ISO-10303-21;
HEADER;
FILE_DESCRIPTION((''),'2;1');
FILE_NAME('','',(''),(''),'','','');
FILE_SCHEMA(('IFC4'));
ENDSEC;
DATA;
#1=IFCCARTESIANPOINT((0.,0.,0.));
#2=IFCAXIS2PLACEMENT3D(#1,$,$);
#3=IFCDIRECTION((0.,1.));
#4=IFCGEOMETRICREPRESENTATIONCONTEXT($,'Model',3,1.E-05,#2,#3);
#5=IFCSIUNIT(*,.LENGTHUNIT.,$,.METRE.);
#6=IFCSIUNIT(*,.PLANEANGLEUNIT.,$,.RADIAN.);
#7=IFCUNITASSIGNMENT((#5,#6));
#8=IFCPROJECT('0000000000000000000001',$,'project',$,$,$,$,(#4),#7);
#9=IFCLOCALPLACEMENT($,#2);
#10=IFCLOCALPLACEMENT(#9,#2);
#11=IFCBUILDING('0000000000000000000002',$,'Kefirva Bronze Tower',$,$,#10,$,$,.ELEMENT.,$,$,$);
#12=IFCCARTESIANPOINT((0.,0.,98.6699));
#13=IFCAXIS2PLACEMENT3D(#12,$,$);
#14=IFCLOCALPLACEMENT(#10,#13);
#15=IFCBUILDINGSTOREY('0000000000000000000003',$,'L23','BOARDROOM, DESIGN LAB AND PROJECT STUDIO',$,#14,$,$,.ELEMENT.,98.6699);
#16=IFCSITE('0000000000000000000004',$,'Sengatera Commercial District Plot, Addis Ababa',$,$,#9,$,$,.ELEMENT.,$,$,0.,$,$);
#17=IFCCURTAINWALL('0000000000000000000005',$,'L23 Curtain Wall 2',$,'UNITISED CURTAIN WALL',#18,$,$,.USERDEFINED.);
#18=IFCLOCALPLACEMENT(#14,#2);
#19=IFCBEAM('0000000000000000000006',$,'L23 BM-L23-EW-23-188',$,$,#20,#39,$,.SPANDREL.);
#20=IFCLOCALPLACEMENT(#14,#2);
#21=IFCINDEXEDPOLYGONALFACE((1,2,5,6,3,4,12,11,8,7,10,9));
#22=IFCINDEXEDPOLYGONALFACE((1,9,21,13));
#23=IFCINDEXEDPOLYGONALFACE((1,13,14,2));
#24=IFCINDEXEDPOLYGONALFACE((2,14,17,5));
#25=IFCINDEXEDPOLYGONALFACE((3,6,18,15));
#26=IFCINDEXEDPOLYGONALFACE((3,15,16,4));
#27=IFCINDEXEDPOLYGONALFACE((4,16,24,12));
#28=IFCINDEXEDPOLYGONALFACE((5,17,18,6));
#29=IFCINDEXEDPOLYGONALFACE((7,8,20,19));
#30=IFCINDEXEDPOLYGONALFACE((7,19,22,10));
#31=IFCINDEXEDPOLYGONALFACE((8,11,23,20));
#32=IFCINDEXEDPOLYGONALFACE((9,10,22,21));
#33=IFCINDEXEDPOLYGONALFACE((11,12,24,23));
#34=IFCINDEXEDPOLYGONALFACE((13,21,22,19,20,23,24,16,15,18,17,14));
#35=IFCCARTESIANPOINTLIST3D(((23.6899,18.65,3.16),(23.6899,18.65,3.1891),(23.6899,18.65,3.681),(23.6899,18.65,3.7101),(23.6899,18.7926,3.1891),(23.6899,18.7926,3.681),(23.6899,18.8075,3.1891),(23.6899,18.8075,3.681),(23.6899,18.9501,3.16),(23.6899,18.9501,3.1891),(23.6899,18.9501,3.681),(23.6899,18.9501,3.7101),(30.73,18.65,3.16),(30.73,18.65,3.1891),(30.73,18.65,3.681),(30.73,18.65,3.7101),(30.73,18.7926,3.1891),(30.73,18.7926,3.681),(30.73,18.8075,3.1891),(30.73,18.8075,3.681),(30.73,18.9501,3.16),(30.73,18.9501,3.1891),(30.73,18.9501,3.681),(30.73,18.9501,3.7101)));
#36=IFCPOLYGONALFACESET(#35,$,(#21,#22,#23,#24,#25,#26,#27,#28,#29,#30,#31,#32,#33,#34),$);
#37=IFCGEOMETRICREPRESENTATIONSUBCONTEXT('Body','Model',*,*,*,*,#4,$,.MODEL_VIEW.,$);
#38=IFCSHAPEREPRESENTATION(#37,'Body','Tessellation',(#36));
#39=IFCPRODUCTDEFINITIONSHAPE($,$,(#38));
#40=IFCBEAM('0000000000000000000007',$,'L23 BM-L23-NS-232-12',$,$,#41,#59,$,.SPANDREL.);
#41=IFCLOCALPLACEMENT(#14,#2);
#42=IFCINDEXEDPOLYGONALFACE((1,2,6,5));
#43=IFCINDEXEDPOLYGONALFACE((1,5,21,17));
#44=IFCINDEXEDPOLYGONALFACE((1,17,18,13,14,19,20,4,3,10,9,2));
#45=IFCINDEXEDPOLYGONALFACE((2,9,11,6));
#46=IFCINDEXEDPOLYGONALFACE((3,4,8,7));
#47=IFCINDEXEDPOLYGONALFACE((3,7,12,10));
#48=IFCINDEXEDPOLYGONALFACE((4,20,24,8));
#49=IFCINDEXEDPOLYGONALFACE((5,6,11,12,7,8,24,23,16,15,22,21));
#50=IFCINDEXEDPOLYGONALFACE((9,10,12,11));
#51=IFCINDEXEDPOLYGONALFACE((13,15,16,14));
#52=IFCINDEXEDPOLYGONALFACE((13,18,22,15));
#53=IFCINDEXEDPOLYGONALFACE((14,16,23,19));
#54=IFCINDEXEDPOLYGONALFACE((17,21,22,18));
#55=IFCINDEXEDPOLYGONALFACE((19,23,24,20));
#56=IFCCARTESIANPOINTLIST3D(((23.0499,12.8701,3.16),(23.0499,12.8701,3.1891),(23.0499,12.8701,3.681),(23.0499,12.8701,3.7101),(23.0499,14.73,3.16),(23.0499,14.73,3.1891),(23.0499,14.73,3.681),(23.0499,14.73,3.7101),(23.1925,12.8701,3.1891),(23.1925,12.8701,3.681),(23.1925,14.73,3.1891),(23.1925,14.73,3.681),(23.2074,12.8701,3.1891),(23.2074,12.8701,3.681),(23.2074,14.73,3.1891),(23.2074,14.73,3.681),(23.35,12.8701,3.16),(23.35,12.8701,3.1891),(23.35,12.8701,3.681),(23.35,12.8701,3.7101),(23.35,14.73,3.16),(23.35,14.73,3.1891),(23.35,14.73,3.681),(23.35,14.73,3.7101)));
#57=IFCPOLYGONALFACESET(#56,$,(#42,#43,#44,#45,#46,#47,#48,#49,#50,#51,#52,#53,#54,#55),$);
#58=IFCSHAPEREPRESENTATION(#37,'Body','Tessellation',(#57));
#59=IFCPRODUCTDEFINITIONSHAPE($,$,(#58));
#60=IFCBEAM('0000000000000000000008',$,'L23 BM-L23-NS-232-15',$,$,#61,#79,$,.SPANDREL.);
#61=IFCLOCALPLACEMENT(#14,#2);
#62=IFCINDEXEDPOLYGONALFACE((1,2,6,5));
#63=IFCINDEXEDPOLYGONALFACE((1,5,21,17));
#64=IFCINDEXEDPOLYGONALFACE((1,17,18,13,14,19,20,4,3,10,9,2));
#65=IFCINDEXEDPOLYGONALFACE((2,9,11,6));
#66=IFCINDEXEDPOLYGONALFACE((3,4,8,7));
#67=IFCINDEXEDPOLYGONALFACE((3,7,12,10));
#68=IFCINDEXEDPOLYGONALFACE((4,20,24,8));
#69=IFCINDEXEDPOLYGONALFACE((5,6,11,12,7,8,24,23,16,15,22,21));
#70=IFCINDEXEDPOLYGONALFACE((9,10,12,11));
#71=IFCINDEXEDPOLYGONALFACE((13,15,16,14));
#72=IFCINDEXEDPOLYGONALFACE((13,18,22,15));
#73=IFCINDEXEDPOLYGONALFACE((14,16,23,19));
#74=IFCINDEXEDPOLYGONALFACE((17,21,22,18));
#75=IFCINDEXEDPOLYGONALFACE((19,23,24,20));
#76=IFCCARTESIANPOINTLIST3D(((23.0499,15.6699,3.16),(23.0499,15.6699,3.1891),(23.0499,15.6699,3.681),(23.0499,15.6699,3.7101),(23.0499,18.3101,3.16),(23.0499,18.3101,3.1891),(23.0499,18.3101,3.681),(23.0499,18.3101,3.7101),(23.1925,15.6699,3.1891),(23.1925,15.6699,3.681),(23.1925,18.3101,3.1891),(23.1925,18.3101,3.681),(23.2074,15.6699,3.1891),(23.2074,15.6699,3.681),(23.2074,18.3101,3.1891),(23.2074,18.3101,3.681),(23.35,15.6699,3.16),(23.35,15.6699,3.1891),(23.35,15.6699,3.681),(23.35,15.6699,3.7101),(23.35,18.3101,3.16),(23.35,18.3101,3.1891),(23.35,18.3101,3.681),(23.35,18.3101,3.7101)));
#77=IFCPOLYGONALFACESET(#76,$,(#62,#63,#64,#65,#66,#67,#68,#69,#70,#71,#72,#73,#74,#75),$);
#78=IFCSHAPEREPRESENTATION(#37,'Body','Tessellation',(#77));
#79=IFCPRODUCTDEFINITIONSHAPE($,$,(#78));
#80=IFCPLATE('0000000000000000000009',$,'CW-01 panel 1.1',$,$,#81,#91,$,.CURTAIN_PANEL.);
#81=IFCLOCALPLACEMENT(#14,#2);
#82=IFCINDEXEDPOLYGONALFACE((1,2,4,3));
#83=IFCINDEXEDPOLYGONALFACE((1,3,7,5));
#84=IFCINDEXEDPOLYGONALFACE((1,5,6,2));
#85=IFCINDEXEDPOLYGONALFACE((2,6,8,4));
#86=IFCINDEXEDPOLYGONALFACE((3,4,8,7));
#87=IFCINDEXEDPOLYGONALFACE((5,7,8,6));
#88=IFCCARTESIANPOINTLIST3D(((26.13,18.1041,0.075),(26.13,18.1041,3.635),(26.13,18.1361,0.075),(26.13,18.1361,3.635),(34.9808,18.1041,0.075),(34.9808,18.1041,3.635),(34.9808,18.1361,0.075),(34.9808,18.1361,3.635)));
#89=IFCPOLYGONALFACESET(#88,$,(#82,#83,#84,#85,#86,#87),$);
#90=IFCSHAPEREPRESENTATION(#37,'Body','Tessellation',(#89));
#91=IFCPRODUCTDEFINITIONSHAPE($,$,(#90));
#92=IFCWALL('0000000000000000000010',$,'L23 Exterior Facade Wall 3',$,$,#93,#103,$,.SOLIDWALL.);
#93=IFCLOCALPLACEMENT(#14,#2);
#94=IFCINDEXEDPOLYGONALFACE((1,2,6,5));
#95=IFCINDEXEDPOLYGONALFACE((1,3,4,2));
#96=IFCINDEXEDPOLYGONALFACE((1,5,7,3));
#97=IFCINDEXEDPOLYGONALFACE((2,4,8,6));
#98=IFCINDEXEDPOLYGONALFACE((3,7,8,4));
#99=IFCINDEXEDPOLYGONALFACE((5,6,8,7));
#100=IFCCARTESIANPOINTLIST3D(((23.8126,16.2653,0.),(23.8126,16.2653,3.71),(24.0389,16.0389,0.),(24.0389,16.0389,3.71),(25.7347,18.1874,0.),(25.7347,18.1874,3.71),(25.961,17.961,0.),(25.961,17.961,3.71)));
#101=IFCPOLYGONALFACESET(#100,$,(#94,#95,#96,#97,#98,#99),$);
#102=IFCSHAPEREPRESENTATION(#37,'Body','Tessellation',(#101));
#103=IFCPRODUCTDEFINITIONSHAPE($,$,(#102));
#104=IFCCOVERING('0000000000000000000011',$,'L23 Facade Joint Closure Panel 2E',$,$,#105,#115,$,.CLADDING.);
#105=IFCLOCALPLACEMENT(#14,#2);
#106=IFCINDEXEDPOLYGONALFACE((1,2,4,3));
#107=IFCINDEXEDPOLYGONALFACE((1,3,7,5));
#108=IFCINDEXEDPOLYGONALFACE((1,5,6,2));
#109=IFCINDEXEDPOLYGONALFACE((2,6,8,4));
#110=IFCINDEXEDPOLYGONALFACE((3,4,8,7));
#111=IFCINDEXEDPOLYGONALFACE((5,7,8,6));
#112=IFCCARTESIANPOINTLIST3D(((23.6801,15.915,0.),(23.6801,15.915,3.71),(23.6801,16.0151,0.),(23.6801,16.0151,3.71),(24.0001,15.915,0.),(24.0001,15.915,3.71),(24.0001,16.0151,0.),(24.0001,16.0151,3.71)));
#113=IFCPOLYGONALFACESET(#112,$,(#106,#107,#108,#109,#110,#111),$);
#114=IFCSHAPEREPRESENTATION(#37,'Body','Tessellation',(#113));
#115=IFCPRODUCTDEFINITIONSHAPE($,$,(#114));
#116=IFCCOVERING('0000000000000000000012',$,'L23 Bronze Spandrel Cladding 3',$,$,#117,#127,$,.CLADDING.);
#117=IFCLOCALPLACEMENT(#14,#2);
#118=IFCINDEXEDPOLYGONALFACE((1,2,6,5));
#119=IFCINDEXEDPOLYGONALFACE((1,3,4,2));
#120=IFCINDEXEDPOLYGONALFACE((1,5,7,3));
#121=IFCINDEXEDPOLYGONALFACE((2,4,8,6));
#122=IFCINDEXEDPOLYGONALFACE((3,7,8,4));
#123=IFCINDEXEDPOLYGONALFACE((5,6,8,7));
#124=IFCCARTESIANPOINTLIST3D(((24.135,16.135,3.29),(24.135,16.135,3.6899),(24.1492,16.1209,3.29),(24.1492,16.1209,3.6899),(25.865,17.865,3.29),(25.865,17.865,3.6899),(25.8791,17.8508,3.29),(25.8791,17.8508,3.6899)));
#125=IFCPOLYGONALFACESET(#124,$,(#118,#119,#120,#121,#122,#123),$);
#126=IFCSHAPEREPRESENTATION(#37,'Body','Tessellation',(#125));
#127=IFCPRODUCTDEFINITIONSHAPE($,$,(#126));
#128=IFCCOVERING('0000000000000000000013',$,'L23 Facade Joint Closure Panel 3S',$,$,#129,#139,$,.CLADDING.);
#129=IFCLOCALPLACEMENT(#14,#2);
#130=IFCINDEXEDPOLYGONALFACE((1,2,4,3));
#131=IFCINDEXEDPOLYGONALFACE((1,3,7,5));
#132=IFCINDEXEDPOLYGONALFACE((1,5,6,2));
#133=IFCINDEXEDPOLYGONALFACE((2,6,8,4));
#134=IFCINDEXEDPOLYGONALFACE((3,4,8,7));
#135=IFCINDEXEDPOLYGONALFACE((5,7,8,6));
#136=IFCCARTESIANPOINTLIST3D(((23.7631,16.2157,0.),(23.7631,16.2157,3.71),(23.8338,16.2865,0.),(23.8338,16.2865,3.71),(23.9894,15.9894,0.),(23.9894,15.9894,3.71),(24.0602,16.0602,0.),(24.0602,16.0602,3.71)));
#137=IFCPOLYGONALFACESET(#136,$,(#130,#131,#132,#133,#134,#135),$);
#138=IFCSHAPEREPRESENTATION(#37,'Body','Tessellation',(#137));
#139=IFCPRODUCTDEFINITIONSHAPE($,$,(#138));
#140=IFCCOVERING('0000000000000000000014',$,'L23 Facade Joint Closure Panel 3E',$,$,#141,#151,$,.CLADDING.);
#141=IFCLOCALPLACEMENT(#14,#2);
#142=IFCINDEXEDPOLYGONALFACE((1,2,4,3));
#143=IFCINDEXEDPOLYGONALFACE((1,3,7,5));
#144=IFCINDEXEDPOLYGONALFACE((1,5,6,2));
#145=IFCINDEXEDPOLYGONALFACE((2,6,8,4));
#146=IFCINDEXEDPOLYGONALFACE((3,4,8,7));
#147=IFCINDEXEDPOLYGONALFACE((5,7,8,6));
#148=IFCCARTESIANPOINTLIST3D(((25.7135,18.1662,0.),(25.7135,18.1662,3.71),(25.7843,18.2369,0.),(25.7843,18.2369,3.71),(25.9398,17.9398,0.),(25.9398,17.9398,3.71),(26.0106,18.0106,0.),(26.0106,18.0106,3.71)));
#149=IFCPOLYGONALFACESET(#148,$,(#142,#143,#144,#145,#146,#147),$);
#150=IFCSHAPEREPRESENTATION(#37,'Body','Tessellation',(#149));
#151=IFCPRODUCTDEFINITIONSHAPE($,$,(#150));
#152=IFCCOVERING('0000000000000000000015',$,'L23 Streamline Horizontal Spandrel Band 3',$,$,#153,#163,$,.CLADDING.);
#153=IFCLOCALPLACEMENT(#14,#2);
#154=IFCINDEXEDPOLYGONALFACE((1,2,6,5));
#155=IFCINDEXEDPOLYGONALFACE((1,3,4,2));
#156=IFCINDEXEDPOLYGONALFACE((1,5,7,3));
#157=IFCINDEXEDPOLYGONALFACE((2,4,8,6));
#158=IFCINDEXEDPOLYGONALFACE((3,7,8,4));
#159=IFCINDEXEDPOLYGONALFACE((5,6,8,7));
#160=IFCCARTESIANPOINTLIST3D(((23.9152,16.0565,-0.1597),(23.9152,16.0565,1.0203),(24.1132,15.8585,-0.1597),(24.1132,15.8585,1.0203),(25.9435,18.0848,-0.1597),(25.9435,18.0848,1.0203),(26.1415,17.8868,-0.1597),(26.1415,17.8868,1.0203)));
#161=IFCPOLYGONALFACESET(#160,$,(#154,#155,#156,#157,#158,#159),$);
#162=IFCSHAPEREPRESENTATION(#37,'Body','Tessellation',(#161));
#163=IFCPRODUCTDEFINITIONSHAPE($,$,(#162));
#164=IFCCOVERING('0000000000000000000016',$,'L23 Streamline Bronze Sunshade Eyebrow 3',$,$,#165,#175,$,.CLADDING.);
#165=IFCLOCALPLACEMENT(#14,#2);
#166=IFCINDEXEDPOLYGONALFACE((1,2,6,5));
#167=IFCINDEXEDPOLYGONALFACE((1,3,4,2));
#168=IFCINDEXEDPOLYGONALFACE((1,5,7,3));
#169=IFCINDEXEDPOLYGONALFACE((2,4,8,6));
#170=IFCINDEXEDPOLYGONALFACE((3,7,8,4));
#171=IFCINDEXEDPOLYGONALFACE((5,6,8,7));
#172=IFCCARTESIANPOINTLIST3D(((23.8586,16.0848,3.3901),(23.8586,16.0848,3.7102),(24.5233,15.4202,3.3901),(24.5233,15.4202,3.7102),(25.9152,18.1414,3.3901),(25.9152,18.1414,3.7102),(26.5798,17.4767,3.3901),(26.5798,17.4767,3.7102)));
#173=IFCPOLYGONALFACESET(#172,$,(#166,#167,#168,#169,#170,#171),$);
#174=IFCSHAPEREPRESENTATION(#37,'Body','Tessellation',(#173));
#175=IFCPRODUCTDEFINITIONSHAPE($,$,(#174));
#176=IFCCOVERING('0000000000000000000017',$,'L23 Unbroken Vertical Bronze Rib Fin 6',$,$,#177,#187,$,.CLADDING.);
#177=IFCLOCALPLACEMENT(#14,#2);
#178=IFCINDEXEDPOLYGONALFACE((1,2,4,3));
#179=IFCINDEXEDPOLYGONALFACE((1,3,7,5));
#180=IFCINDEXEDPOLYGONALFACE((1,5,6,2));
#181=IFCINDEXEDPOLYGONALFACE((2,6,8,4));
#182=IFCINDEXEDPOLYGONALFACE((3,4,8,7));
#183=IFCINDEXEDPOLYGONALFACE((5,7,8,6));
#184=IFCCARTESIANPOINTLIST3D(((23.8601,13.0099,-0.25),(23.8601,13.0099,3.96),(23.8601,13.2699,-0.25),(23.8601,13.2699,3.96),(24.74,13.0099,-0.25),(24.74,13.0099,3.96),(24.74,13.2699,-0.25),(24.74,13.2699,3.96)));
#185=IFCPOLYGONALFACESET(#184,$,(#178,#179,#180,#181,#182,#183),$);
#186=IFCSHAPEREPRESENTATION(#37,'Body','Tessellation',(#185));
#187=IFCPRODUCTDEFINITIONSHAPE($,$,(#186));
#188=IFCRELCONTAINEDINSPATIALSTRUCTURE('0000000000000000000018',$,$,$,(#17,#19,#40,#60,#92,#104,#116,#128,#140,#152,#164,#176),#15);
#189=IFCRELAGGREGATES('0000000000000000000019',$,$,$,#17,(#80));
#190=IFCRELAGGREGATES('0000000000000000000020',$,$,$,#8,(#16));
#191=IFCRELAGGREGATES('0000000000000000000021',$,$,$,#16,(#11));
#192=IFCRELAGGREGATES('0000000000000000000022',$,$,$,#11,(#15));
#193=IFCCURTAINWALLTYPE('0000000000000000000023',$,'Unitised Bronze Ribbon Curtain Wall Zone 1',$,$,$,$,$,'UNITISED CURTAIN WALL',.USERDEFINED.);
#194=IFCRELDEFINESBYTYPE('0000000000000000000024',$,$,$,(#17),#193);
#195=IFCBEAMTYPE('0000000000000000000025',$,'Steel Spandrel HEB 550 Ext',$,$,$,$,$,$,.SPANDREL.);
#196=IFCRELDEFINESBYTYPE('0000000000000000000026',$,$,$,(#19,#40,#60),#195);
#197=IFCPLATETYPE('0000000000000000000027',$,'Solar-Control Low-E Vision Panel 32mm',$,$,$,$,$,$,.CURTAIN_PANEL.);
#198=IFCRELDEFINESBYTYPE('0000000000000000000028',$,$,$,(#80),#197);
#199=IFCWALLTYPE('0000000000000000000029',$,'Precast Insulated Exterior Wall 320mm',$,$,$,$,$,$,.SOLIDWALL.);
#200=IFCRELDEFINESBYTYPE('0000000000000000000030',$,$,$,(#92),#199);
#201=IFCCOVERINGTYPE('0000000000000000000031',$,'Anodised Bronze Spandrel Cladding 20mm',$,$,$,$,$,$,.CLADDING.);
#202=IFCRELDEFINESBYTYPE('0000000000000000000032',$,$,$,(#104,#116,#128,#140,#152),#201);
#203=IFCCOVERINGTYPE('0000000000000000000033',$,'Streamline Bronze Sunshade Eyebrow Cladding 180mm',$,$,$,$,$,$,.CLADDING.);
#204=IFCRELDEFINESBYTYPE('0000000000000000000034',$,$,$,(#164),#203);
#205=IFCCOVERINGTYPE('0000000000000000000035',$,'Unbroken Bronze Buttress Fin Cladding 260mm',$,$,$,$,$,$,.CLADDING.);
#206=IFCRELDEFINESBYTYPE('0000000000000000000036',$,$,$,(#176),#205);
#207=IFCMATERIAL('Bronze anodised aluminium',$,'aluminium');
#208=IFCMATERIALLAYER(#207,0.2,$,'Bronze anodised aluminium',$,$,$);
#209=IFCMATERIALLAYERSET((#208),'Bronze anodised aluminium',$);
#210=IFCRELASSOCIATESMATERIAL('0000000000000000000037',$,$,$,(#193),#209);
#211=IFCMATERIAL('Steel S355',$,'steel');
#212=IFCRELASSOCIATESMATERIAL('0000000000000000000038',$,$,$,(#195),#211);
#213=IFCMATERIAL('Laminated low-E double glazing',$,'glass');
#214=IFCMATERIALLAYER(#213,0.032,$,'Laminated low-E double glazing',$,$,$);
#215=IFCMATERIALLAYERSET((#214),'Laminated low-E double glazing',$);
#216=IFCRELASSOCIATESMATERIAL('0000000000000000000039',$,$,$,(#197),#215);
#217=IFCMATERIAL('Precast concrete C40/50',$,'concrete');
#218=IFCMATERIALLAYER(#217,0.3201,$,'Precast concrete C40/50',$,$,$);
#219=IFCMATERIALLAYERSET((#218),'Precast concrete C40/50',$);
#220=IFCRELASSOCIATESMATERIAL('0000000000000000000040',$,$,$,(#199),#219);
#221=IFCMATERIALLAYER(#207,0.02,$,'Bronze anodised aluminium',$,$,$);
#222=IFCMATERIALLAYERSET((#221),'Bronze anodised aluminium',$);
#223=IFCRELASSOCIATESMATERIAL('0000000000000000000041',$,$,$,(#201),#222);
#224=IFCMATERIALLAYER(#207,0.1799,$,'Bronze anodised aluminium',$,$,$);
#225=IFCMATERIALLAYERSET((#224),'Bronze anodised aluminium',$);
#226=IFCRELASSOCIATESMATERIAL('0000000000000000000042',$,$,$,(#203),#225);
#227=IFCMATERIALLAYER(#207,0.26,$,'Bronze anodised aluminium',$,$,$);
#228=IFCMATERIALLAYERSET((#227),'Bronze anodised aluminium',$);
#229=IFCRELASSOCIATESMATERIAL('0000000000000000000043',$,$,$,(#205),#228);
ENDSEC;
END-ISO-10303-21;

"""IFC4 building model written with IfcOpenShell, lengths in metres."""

from ifc_helpers import new_model, si_unit, direction, frame, frame_2d, origin, origin_2d, place, context, subcontext, project, spatial, rectangle, i_section, extrude, material, layer, layer_set, material_profile, profile_set, type_object, element, aggregate, save


model = new_model("IFC4")

# Units and contexts
model_context = context("Model", 3, precision=1e-05, world=origin(), true_north=direction((0.0, 1.0)))
body_context = subcontext(model_context, "Body", "Model", "MODEL_VIEW")
ifc_project = project(units=[si_unit("LENGTHUNIT", "METRE"), si_unit("PLANEANGLEUNIT", "RADIAN")], contexts=[model_context])

# Site, building, storey
site_placement = place(None, origin())
site = spatial("IfcSite", under=ifc_project, at=site_placement, Name="Sengatera Commercial District Plot, Addis Ababa", CompositionType="ELEMENT", RefElevation=0.0)
building_placement = place(site_placement, origin())
building = spatial("IfcBuilding", under=site, at=building_placement, Name="Kefirva Bronze Tower", CompositionType="ELEMENT")
storey_placement = place(building_placement, frame((0.0, 0.0, 98.6699)))
storey = spatial("IfcBuildingStorey", under=building, at=storey_placement, Name="L23", Description="BOARDROOM, DESIGN LAB AND PROJECT STUDIO", CompositionType="ELEMENT", Elevation=98.6699)

# Curtain wall
ifc_material_1 = material(Name="Bronze anodised aluminium", Category="aluminium")
ifc_layer_1 = layer(ifc_material_1, 0.2, Name="Bronze anodised aluminium")
ifc_layer_set_1 = layer_set([ifc_layer_1], Name="Bronze anodised aluminium")
curtain_wall_type = type_object("IfcCurtainWallType", Name="Unitised Bronze Ribbon Curtain Wall Zone 1", ElementType="UNITISED CURTAIN WALL", PredefinedType="USERDEFINED", material=ifc_layer_set_1)
curtain_wall_placement = place(storey_placement, origin())
curtain_wall = element("IfcCurtainWall", 1, at=curtain_wall_placement, inside=storey, type_object=curtain_wall_type, Name="L23 Curtain Wall 2", ObjectType="UNITISED CURTAIN WALL", PredefinedType="USERDEFINED")

# Beams
ifc_material_2 = material(Name="Steel S355", Category="steel")
ifc_material_profile_1 = material_profile(ifc_material_2, i_section(OverallWidth=0.3, OverallDepth=0.55, WebThickness=0.0149, FlangeThickness=0.0291, at=origin_2d()), Name="HEB 550")
ifc_profile_set_1 = profile_set([ifc_material_profile_1], Name="Steel S355")
beam_type_1 = type_object("IfcBeamType", Name="Steel Spandrel HEB 550 Ext", PredefinedType="SPANDREL", material=ifc_profile_set_1)
beam_1_placement = place(storey_placement, frame((23.6899, 18.8, 3.4351), z_axis=(1.0, 0.0, 0.0), x_axis=(0.0, 1.0, 0.0)))
element("IfcBeam", 2, at=beam_1_placement, inside=storey, type_object=beam_type_1, Name="L23 BM-L23-EW-23-188", PredefinedType="SPANDREL", context=body_context, shape_type="SweptSolid", body=[
    extrude(i_section(OverallWidth=0.3, OverallDepth=0.55, WebThickness=0.0149, FlangeThickness=0.0291, at=origin_2d()), origin(), (0.0, 0.0, 1.0), 7.04),
])
beam_2_placement = place(storey_placement, frame((23.2, 12.8701, 3.4351), z_axis=(0.0, 1.0, 0.0), x_axis=(-1.0, 0.0, 0.0)))
element("IfcBeam", 3, at=beam_2_placement, inside=storey, type_object=beam_type_1, Name="L23 BM-L23-NS-232-12", PredefinedType="SPANDREL", context=body_context, shape_type="SweptSolid", body=[
    extrude(i_section(OverallWidth=0.3, OverallDepth=0.55, WebThickness=0.0149, FlangeThickness=0.0291, at=origin_2d()), origin(), (0.0, 0.0, 1.0), 1.8599),
])
beam_3_placement = place(storey_placement, frame((23.2, 15.6699, 3.4351), z_axis=(0.0, 1.0, 0.0), x_axis=(-1.0, 0.0, 0.0)))
element("IfcBeam", 4, at=beam_3_placement, inside=storey, type_object=beam_type_1, Name="L23 BM-L23-NS-232-15", PredefinedType="SPANDREL", context=body_context, shape_type="SweptSolid", body=[
    extrude(i_section(OverallWidth=0.3, OverallDepth=0.55, WebThickness=0.0149, FlangeThickness=0.0291, at=origin_2d()), origin(), (0.0, 0.0, 1.0), 2.6401),
])

# Plate
ifc_material_3 = material(Name="Laminated low-E double glazing", Category="glass")
ifc_layer_2 = layer(ifc_material_3, 0.032, Name="Laminated low-E double glazing")
ifc_layer_set_2 = layer_set([ifc_layer_2], Name="Laminated low-E double glazing")
plate_type = type_object("IfcPlateType", Name="Solar-Control Low-E Vision Panel 32mm", PredefinedType="CURTAIN_PANEL", material=ifc_layer_set_2)
plate_placement = place(storey_placement, frame((30.5554, 18.1201, 0.075), z_axis=(0.0, 0.0, 1.0), x_axis=(1.0, 0.0, 0.0)))
plate = element("IfcPlate", 5, at=plate_placement, type_object=plate_type, Name="CW-01 panel 1.1", PredefinedType="CURTAIN_PANEL", context=body_context, shape_type="SweptSolid", body=[
    extrude(rectangle(XDim=8.8508, YDim=0.032, at=origin_2d()), origin(), (0.0, 0.0, 1.0), 3.5601),
])
aggregate(curtain_wall, [plate])

# Wall
ifc_material_4 = material(Name="Precast concrete C40/50", Category="concrete")
ifc_layer_3 = layer(ifc_material_4, 0.3201, Name="Precast concrete C40/50")
ifc_layer_set_3 = layer_set([ifc_layer_3], Name="Precast concrete C40/50")
wall_type = type_object("IfcWallType", Name="Precast Insulated Exterior Wall 320mm", PredefinedType="SOLIDWALL", material=ifc_layer_set_3)
wall_placement = place(storey_placement, frame((23.9258, 16.1521, 0.0), z_axis=(0.0, 0.0, 1.0), x_axis=(0.707107, 0.707107, 0.0)))
element("IfcWall", 6, at=wall_placement, inside=storey, type_object=wall_type, Name="L23 Exterior Facade Wall 3", PredefinedType="SOLIDWALL", context=body_context, shape_type="SweptSolid", body=[
    extrude(rectangle(XDim=2.7183, YDim=0.3201, at=frame_2d((1.3591, 0.0))), origin(), (0.0, 0.0, 1.0), 3.71),
])

# Coverings
ifc_layer_4 = layer(ifc_material_1, 0.02, Name="Bronze anodised aluminium")
ifc_layer_set_4 = layer_set([ifc_layer_4], Name="Bronze anodised aluminium")
covering_type_1 = type_object("IfcCoveringType", Name="Anodised Bronze Spandrel Cladding 20mm", PredefinedType="CLADDING", material=ifc_layer_set_4)
covering_1_placement = place(storey_placement, frame((23.8401, 15.9651, 0.0), z_axis=(0.0, 0.0, 1.0), x_axis=(0.0, 1.0, 0.0)))
element("IfcCovering", 7, at=covering_1_placement, inside=storey, type_object=covering_type_1, Name="L23 Facade Joint Closure Panel 2E", PredefinedType="CLADDING", context=body_context, shape_type="SweptSolid", body=[
    extrude(rectangle(XDim=0.1001, YDim=0.3201, at=origin_2d()), origin(), (0.0, 0.0, 1.0), 3.71),
])
covering_2_placement = place(storey_placement, frame((25.0071, 16.9929, 3.29), z_axis=(0.0, 0.0, 1.0), x_axis=(0.707107, 0.707107, 0.0)))
element("IfcCovering", 8, at=covering_2_placement, inside=storey, type_object=covering_type_1, Name="L23 Bronze Spandrel Cladding 3", PredefinedType="CLADDING", context=body_context, shape_type="SweptSolid", body=[
    extrude(rectangle(XDim=2.4465, YDim=0.02, at=origin_2d()), origin(), (0.0, 0.0, 1.0), 0.3999),
])
for number, where, z_axis, x_axis, name in (
    (9, (23.9116, 16.1379, 0.0), (0.0, 0.0, 1.0), (0.707107, 0.707107, 0.0), "L23 Facade Joint Closure Panel 3S"),
    (10, (25.8621, 18.0884, 0.0), (0.0, 0.0, 1.0), (0.707107, 0.707107, 0.0), "L23 Facade Joint Closure Panel 3E"),
):
    element("IfcCovering", number, at=place(storey_placement, frame(where, z_axis=z_axis, x_axis=x_axis)), inside=storey, type_object=covering_type_1, Name=name, PredefinedType="CLADDING", context=body_context, shape_type="SweptSolid", body=[
        extrude(rectangle(XDim=0.1001, YDim=0.3201, at=origin_2d()), origin(), (0.0, 0.0, 1.0), 3.71),
    ])
covering_3_placement = place(storey_placement, frame((25.0283, 16.9717, -0.1597), z_axis=(0.0, 0.0, 1.0), x_axis=(0.707107, 0.707107, 0.0)))
element("IfcCovering", 11, at=covering_3_placement, inside=storey, type_object=covering_type_1, Name="L23 Streamline Horizontal Spandrel Band 3", PredefinedType="CLADDING", context=body_context, shape_type="SweptSolid", body=[
    extrude(rectangle(XDim=2.8684, YDim=0.28, at=origin_2d()), origin(), (0.0, 0.0, 1.0), 1.1799),
])
ifc_layer_5 = layer(ifc_material_1, 0.1799, Name="Bronze anodised aluminium")
ifc_layer_set_5 = layer_set([ifc_layer_5], Name="Bronze anodised aluminium")
covering_type_2 = type_object("IfcCoveringType", Name="Streamline Bronze Sunshade Eyebrow Cladding 180mm", PredefinedType="CLADDING", material=ifc_layer_set_5)
covering_4_placement = place(storey_placement, frame((25.2192, 16.7808, 3.3901), z_axis=(0.0, 0.0, 1.0), x_axis=(0.707107, 0.707107, 0.0)))
element("IfcCovering", 12, at=covering_4_placement, inside=storey, type_object=covering_type_2, Name="L23 Streamline Bronze Sunshade Eyebrow 3", PredefinedType="CLADDING", context=body_context, shape_type="SweptSolid", body=[
    extrude(rectangle(XDim=2.9084, YDim=0.9399, at=origin_2d()), origin(), (0.0, 0.0, 1.0), 0.3201),
])
ifc_layer_6 = layer(ifc_material_1, 0.26, Name="Bronze anodised aluminium")
ifc_layer_set_6 = layer_set([ifc_layer_6], Name="Bronze anodised aluminium")
covering_type_3 = type_object("IfcCoveringType", Name="Unbroken Bronze Buttress Fin Cladding 260mm", PredefinedType="CLADDING", material=ifc_layer_set_6)
covering_5_placement = place(storey_placement, frame((24.3, 13.1399, -0.25), z_axis=(0.0, 0.0, 1.0), x_axis=(0.0, 1.0, 0.0)))
element("IfcCovering", 13, at=covering_5_placement, inside=storey, type_object=covering_type_3, Name="L23 Unbroken Vertical Bronze Rib Fin 6", PredefinedType="CLADDING", context=body_context, shape_type="SweptSolid", body=[
    extrude(rectangle(XDim=0.26, YDim=0.8799, at=origin_2d()), origin(), (0.0, 0.0, 1.0), 4.21),
])

save(model, "model.ifc")
